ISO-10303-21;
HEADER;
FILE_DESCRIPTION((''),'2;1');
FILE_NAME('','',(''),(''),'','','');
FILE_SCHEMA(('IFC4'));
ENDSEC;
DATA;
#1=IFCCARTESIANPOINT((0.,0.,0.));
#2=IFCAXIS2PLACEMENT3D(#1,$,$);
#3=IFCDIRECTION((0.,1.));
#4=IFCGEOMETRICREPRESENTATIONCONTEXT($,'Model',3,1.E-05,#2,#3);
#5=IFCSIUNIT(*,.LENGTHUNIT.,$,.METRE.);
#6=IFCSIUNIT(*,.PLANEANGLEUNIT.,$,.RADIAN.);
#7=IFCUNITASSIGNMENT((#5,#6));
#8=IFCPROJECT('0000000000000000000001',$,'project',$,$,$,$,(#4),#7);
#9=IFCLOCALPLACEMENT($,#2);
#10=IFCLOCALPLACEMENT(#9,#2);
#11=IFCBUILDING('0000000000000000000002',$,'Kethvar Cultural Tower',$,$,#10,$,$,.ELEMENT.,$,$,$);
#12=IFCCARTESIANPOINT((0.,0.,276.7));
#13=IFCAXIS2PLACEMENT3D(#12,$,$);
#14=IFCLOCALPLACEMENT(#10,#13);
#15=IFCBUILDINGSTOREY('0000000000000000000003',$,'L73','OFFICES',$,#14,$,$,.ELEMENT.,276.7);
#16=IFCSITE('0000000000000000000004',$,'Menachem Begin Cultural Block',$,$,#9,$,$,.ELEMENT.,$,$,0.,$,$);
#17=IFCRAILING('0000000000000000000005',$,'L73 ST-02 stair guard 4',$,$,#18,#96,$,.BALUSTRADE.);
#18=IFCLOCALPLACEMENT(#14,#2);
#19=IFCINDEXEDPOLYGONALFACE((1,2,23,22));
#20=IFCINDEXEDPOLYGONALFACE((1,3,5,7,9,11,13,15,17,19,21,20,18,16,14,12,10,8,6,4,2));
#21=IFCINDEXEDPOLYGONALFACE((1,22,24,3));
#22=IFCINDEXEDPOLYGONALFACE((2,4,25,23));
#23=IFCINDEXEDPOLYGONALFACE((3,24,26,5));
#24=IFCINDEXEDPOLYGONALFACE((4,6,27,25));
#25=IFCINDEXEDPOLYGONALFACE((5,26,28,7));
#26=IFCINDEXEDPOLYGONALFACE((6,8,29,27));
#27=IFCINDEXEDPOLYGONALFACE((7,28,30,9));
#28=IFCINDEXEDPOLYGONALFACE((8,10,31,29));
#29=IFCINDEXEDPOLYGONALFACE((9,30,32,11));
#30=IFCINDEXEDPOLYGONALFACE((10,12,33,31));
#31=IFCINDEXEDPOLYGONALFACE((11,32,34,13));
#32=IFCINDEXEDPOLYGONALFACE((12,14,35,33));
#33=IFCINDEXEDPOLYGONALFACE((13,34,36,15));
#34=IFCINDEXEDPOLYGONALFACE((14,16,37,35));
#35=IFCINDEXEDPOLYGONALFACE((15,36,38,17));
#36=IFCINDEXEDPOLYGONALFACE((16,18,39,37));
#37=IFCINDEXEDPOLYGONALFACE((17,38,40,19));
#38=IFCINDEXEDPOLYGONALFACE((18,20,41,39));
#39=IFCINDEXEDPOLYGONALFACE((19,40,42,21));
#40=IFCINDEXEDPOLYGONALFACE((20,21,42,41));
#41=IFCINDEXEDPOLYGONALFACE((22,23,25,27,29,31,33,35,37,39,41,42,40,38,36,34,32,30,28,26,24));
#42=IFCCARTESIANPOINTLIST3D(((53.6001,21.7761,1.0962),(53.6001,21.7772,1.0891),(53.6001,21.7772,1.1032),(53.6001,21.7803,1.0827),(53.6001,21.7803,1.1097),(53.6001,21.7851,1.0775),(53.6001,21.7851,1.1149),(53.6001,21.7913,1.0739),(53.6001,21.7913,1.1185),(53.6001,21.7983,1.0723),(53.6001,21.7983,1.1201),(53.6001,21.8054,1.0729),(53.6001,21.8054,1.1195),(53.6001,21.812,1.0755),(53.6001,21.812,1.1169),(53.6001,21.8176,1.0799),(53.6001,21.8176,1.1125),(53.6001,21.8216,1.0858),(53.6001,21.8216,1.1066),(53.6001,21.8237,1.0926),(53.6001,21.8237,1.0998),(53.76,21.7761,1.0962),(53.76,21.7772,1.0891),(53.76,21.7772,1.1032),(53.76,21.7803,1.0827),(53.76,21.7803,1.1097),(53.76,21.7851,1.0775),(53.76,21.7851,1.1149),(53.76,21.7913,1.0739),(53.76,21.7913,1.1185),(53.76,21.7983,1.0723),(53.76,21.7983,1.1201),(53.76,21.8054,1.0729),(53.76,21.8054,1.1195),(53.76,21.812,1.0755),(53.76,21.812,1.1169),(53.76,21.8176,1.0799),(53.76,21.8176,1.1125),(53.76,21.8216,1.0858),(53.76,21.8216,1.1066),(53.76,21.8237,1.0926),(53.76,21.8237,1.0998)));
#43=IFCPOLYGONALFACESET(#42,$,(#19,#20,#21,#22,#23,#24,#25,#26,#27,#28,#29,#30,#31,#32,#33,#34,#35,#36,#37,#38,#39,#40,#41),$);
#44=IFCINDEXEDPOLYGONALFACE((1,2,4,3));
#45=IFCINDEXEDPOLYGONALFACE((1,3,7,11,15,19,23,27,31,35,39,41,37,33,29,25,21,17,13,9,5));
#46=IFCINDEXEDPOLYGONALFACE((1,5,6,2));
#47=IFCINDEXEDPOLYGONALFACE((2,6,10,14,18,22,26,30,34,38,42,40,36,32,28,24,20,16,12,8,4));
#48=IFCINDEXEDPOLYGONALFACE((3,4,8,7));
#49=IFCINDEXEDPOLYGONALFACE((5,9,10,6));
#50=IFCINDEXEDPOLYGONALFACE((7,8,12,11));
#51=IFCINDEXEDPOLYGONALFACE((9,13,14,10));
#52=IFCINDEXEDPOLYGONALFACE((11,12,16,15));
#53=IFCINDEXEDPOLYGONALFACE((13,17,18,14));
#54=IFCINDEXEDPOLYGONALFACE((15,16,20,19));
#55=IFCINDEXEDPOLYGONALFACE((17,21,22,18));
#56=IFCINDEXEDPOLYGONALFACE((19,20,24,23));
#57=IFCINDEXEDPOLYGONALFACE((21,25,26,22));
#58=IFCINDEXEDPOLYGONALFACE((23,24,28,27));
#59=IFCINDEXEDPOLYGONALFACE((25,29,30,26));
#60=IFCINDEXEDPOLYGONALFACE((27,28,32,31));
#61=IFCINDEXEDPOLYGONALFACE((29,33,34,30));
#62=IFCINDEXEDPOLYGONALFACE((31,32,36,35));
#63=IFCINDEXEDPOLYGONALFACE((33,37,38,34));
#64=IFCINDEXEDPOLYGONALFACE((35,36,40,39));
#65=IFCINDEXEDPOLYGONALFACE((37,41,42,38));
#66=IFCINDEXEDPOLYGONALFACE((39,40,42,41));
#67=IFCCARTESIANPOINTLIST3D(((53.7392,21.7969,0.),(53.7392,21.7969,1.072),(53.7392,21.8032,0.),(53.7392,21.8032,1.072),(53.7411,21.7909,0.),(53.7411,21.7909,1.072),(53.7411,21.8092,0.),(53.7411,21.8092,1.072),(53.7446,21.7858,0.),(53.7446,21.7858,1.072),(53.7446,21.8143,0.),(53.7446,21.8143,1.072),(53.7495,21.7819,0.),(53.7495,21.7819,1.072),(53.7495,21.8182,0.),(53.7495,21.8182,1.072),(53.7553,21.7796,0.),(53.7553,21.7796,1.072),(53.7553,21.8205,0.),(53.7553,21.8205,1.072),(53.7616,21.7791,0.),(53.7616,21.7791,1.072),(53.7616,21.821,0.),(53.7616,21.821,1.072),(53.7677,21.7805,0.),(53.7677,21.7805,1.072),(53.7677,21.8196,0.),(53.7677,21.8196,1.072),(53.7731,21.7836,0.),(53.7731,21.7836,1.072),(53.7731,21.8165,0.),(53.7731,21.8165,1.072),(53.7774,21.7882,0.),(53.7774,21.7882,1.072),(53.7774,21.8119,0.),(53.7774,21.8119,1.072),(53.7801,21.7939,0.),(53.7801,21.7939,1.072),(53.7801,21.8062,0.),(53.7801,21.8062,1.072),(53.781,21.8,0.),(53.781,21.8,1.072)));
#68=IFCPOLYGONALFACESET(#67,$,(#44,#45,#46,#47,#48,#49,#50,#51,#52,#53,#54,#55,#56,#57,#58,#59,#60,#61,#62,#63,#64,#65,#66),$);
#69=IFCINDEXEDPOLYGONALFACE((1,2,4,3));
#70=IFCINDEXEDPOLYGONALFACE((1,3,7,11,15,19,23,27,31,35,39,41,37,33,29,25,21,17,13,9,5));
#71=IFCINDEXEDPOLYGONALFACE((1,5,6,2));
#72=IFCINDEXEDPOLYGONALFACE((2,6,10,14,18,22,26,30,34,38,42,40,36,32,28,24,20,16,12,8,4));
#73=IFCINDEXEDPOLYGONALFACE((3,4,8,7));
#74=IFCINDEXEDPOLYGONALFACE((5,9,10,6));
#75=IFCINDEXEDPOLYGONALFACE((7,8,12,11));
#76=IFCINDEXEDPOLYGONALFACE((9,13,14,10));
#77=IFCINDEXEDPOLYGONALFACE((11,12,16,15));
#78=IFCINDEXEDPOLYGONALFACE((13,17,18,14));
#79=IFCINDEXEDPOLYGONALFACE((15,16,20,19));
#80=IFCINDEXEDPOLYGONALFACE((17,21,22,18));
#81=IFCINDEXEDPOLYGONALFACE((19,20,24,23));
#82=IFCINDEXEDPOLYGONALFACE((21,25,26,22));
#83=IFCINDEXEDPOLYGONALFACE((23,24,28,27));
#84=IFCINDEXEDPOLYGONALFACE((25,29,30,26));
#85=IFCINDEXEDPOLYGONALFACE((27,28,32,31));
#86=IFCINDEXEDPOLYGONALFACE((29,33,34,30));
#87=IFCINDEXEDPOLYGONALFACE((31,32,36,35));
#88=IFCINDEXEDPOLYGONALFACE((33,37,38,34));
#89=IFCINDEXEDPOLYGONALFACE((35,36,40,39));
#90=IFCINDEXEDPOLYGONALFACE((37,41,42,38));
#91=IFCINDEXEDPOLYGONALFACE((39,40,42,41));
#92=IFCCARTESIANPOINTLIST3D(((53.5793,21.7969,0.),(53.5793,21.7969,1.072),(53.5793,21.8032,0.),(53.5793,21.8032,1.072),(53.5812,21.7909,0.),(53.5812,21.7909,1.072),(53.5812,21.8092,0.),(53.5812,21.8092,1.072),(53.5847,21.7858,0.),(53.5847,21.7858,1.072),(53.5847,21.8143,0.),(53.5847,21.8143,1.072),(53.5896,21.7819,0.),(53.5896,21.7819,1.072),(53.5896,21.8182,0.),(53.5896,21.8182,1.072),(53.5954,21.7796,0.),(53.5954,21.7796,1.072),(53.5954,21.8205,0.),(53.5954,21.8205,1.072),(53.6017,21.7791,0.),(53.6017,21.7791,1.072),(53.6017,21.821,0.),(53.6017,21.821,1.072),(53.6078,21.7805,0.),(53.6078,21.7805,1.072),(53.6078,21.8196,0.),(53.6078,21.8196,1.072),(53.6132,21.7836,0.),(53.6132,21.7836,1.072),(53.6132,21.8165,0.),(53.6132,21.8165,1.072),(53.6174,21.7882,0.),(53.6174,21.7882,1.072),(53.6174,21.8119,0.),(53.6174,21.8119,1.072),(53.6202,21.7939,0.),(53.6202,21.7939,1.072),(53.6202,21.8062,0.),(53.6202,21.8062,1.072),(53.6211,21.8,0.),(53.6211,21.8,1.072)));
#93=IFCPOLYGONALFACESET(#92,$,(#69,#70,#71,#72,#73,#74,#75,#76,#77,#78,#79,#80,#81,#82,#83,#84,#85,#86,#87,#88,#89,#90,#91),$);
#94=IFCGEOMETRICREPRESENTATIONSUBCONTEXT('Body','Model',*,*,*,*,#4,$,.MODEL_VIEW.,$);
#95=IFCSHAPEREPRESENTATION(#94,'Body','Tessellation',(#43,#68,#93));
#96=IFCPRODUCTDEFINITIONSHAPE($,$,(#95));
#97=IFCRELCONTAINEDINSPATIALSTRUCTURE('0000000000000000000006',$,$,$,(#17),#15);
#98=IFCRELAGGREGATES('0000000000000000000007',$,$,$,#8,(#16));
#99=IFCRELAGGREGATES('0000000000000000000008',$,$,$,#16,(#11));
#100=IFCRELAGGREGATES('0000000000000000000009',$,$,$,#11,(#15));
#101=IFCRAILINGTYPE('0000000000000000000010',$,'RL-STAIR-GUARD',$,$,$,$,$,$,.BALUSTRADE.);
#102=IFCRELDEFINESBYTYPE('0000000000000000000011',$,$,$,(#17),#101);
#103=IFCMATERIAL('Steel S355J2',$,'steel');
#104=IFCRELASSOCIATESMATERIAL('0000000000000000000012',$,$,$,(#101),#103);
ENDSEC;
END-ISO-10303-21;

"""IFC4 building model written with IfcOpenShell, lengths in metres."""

from ifc_helpers import new_model, si_unit, direction, frame, origin, origin_2d, place, context, subcontext, project, spatial, circle, extrude, material, type_object, element, save


model = new_model("IFC4")

# Units and contexts
model_context = context("Model", 3, precision=1e-05, world=origin(), true_north=direction((0.0, 1.0)))
body_context = subcontext(model_context, "Body", "Model", "MODEL_VIEW")
ifc_project = project(units=[si_unit("LENGTHUNIT", "METRE"), si_unit("PLANEANGLEUNIT", "RADIAN")], contexts=[model_context])

# Site, building, storey
site_placement = place(None, origin())
site = spatial("IfcSite", under=ifc_project, at=site_placement, Name="Menachem Begin Cultural Block", CompositionType="ELEMENT", RefElevation=0.0)
building_placement = place(site_placement, origin())
building = spatial("IfcBuilding", under=site, at=building_placement, Name="Kethvar Cultural Tower", CompositionType="ELEMENT")
storey_placement = place(building_placement, frame((0.0, 0.0, 276.7)))
storey = spatial("IfcBuildingStorey", under=building, at=storey_placement, Name="L73", Description="OFFICES", CompositionType="ELEMENT", Elevation=276.7)

# Shared definitions
ifc_material_1 = material(Name="Steel S355J2", Category="steel")

# Railing
railing_type_1 = type_object("IfcRailingType", Name="RL-STAIR-GUARD", PredefinedType="BALUSTRADE", material=ifc_material_1)
railing_1_placement = place(storey_placement, frame((53.76, 21.8, 0.0)))
element("IfcRailing", 1, at=railing_1_placement, inside=storey, type_object=railing_type_1, Name="L73 ST-02 stair guard 4", PredefinedType="BALUSTRADE", context=body_context, shape_type="SweptSolid", body=[
    extrude(circle(Radius=0.0239, at=origin_2d()), frame((0.0, 0.0, 1.0962), z_axis=(-1.0, 0.0, 0.0), x_axis=(0.0, -1.0, 0.0)), (0.0, 0.0, 1.0), 0.1599),
    extrude(circle(Radius=0.021, at=origin_2d()), origin(), (0.0, 0.0, 1.0), 1.072),
    extrude(circle(Radius=0.021, at=origin_2d()), frame((-0.1599, 0.0, 0.0)), (0.0, 0.0, 1.0), 1.072),
])

save(model, "model.ifc")
